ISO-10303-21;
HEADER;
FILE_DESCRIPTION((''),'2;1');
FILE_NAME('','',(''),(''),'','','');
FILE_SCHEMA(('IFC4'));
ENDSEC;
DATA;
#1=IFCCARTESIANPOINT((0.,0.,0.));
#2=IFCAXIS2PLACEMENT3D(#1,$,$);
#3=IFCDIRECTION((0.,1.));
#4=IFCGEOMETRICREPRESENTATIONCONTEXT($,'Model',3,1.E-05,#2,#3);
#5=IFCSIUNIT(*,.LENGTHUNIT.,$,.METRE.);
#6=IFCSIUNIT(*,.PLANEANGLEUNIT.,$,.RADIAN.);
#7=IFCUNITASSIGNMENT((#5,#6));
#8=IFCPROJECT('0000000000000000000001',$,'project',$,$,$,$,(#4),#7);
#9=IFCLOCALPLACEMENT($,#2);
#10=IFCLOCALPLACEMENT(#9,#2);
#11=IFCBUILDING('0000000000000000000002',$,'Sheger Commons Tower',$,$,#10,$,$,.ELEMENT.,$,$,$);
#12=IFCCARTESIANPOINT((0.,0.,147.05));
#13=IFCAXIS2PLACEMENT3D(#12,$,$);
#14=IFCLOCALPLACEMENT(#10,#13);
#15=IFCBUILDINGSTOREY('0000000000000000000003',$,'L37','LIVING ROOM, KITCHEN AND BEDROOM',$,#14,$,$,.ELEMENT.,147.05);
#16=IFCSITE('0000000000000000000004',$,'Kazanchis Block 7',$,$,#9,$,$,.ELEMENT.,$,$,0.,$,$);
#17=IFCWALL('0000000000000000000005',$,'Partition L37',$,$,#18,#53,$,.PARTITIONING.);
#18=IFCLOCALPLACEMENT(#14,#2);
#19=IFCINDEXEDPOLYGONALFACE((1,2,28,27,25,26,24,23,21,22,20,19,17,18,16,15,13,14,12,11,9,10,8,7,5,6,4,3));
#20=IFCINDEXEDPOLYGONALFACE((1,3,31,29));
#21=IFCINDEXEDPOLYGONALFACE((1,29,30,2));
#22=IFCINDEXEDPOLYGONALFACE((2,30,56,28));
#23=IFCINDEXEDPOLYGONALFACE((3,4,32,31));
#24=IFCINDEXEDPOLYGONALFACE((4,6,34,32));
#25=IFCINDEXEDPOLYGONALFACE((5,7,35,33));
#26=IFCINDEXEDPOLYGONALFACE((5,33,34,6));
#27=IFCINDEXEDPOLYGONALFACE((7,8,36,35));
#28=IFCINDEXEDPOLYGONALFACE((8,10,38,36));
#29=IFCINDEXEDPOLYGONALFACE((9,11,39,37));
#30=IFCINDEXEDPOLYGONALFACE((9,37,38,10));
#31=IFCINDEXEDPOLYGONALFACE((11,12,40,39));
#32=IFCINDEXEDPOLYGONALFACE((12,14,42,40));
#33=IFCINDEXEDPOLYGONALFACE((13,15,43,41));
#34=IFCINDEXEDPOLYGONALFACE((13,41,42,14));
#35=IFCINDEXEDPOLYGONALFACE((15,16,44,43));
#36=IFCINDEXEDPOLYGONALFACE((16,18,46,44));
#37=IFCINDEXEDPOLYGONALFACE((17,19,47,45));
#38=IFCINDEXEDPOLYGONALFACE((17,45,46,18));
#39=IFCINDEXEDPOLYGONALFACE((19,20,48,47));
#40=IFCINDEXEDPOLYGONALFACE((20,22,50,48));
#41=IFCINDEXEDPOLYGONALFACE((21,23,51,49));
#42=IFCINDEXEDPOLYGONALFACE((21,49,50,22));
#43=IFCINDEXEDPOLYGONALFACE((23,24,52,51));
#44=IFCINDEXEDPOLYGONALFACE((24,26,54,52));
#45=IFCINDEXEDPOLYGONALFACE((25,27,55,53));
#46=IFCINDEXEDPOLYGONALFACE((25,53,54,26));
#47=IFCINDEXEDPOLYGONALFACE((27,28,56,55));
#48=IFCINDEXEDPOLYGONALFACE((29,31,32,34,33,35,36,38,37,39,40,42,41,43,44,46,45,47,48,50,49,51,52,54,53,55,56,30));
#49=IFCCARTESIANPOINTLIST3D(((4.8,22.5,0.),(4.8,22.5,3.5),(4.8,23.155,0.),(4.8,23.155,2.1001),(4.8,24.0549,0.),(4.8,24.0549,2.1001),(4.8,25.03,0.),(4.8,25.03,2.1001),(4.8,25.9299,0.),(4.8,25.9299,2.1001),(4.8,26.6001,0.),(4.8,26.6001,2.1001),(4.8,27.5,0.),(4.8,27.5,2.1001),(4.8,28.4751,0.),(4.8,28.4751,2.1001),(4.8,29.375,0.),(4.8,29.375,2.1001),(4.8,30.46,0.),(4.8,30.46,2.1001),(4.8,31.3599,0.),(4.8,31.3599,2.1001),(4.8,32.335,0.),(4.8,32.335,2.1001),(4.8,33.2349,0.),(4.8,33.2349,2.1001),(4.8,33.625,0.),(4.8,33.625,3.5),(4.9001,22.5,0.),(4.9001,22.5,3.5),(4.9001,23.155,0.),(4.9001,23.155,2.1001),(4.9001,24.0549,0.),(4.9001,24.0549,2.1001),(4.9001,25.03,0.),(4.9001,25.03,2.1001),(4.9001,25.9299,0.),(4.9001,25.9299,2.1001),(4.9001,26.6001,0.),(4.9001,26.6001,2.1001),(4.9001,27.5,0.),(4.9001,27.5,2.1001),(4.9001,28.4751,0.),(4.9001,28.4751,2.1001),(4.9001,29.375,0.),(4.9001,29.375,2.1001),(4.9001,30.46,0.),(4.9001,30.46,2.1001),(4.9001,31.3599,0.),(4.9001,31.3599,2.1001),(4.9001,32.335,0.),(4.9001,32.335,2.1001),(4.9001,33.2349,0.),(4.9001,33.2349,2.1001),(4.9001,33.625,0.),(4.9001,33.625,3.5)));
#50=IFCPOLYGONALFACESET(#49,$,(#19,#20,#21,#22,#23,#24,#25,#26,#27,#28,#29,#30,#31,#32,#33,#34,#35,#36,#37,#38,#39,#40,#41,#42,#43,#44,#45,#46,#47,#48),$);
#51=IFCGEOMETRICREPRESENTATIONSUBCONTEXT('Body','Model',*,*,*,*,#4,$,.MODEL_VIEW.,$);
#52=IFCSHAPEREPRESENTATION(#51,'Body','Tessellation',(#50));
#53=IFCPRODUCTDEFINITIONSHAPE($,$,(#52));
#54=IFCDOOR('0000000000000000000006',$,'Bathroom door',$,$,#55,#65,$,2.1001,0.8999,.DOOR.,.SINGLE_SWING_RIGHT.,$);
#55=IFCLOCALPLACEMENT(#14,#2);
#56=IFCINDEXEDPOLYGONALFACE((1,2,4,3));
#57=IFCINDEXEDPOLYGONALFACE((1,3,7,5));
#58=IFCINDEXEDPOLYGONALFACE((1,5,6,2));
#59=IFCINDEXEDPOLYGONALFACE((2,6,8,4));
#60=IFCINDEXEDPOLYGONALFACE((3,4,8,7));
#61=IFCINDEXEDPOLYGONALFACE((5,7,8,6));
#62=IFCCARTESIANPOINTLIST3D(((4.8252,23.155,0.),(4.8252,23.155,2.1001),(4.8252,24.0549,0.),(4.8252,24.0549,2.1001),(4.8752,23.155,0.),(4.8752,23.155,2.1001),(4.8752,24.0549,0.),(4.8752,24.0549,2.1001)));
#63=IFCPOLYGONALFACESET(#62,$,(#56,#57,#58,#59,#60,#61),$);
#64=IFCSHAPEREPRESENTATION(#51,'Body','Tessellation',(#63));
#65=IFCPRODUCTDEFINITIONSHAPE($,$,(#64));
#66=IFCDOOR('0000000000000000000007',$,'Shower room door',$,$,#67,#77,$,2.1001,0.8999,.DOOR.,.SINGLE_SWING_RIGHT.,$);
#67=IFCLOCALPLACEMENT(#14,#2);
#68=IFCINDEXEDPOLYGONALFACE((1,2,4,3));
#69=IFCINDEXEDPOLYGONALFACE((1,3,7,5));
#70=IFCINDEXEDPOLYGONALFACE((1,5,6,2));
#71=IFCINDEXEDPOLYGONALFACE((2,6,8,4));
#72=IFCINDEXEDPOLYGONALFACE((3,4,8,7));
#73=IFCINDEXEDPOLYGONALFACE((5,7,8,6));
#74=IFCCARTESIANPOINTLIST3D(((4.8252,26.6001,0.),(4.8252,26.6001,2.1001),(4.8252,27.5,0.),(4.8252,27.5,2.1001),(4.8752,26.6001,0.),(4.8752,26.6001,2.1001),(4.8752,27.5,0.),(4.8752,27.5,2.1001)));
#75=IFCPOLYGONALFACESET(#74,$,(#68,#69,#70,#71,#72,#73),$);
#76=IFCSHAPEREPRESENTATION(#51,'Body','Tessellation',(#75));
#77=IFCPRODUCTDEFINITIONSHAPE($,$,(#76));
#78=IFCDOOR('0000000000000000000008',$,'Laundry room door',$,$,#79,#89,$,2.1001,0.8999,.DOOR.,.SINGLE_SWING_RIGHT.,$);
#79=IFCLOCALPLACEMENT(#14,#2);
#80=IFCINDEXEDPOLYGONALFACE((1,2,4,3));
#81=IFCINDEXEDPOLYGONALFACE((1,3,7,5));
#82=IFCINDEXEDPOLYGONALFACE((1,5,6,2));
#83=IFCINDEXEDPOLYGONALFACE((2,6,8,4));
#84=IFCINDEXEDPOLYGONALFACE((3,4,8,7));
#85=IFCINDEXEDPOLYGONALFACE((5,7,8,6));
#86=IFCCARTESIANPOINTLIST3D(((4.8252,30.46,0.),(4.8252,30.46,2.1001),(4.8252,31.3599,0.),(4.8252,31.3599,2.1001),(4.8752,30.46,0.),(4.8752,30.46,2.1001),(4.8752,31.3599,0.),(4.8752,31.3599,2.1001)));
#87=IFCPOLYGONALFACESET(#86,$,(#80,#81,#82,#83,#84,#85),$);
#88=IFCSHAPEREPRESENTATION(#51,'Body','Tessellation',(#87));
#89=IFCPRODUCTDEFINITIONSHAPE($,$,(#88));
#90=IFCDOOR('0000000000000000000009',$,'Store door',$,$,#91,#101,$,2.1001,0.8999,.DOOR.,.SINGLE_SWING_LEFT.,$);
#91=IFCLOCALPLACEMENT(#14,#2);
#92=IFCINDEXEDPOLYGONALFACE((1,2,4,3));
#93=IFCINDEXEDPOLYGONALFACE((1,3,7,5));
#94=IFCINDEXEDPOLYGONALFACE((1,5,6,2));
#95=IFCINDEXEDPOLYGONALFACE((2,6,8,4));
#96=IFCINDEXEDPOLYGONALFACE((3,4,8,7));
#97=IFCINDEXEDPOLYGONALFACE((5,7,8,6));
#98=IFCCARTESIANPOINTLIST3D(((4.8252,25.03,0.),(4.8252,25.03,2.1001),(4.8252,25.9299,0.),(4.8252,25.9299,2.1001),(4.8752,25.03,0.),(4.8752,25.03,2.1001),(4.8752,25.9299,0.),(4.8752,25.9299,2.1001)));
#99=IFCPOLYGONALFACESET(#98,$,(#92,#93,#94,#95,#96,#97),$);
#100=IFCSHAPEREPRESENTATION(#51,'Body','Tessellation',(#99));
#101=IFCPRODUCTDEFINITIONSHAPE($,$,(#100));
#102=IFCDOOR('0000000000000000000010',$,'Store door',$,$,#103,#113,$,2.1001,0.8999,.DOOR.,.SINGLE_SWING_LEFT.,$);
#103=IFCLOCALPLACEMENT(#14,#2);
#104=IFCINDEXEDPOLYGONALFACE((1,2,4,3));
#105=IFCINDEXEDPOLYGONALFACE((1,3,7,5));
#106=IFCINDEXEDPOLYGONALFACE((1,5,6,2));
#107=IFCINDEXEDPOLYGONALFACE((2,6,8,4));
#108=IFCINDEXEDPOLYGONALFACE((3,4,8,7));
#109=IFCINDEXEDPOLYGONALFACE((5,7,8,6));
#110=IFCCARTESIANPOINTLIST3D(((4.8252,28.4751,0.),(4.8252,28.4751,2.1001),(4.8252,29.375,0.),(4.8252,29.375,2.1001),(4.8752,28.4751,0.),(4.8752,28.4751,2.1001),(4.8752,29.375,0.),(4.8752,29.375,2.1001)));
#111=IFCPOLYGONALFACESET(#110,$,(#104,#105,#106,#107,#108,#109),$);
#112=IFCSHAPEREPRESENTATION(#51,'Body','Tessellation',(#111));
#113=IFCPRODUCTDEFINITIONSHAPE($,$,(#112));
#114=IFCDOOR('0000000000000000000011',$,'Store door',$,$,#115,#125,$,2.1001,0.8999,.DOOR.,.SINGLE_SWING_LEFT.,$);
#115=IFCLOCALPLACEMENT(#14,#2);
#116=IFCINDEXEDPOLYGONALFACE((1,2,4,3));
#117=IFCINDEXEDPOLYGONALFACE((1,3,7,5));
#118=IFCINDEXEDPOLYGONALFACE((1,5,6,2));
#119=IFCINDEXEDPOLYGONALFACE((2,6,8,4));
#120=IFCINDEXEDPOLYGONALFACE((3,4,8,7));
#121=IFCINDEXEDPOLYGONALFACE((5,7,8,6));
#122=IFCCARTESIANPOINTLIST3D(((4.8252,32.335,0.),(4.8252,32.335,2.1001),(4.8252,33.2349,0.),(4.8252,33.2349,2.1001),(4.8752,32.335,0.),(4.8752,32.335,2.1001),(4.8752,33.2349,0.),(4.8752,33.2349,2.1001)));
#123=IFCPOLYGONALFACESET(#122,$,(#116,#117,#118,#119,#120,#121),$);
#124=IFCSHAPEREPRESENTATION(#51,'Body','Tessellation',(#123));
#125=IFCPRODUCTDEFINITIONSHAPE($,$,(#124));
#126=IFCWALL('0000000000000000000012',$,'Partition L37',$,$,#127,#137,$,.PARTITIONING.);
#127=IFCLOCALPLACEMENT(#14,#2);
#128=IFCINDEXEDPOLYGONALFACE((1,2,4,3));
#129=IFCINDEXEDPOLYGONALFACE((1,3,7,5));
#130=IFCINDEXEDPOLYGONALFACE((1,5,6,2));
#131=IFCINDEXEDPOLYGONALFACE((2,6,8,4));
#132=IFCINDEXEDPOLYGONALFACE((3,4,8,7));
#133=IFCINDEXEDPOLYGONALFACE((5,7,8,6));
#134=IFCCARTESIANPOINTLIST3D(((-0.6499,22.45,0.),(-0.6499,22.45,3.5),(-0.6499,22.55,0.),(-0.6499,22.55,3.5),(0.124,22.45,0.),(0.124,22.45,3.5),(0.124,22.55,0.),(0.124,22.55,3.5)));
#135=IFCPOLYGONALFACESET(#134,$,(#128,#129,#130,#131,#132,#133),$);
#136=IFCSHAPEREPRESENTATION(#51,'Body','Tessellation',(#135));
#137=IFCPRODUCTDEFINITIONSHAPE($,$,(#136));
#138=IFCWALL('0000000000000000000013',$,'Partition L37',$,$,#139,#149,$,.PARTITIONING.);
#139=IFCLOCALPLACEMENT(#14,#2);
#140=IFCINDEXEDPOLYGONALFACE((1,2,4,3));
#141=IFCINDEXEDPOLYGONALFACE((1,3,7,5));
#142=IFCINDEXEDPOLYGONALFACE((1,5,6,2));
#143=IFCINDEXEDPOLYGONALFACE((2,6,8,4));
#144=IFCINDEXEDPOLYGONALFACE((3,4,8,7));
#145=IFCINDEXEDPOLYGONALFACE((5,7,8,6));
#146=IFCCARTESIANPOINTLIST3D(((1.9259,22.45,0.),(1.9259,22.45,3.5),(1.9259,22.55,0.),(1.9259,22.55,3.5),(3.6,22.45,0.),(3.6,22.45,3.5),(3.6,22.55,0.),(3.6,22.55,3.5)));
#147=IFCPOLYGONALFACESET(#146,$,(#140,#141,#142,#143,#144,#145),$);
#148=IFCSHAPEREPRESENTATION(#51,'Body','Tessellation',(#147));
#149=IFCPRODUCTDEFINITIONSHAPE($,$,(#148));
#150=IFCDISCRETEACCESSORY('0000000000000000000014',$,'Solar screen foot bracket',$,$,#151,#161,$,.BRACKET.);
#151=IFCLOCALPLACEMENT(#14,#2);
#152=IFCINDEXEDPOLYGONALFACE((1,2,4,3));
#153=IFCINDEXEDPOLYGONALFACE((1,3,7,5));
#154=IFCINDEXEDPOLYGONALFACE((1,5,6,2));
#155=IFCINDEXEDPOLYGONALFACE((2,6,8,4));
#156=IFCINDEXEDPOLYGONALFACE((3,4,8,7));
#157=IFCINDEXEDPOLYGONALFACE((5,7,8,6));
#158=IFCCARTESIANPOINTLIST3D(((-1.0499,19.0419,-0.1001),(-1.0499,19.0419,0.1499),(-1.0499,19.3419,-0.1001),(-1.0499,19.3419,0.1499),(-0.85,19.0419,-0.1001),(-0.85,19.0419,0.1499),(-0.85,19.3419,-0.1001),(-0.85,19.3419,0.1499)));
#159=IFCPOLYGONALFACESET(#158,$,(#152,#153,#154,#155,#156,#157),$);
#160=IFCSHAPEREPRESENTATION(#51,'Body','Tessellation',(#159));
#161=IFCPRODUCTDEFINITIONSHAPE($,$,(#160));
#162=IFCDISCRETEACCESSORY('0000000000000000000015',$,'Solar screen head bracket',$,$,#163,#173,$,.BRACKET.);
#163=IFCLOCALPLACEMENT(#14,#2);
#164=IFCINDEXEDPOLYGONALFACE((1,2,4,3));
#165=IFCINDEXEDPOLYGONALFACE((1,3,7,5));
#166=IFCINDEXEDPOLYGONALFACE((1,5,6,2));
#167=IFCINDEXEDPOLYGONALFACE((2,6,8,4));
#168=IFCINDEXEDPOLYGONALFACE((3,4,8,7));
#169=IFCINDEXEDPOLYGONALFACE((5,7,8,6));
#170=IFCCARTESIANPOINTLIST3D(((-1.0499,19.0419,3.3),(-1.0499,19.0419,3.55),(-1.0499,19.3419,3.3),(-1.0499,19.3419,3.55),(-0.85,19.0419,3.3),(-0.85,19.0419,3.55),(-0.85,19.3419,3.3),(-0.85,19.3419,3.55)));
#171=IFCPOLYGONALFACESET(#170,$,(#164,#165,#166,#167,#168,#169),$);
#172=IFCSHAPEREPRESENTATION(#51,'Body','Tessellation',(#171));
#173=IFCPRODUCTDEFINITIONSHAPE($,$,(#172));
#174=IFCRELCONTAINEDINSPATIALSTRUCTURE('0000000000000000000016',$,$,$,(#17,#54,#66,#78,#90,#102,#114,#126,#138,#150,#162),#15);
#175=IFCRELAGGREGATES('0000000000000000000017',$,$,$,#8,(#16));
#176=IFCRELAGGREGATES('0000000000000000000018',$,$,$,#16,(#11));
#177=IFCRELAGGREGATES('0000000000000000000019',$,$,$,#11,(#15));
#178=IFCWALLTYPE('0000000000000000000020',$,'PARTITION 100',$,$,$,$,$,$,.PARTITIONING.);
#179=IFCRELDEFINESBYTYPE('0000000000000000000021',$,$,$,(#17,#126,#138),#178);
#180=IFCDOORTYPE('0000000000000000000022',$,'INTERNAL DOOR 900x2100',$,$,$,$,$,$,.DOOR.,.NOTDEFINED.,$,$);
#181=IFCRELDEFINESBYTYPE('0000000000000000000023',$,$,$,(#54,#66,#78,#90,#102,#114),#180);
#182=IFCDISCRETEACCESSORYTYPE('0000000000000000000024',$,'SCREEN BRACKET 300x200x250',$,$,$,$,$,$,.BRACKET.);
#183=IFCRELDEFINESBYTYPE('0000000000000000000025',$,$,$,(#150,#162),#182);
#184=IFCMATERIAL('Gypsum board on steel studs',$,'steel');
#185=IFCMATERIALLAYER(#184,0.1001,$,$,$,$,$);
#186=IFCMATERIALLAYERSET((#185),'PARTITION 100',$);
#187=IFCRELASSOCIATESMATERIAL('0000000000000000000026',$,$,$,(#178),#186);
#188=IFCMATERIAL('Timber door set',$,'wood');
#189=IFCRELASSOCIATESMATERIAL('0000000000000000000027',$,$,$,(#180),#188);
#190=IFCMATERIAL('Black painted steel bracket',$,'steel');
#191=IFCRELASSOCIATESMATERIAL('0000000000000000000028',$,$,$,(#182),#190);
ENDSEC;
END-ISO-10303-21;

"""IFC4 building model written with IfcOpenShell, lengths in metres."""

from ifc_helpers import new_model, si_unit, direction, frame, frame_2d, origin, origin_2d, place, context, subcontext, project, spatial, rectangle, extrude, material, layer, layer_set, type_object, element, fill, save


model = new_model("IFC4")

# Units and contexts
model_context = context("Model", 3, precision=1e-05, world=origin(), true_north=direction((0.0, 1.0)))
body_context = subcontext(model_context, "Body", "Model", "MODEL_VIEW")
ifc_project = project(units=[si_unit("LENGTHUNIT", "METRE"), si_unit("PLANEANGLEUNIT", "RADIAN")], contexts=[model_context])

# Site, building, storey
site_placement = place(None, origin())
site = spatial("IfcSite", under=ifc_project, at=site_placement, Name="Kazanchis Block 7", CompositionType="ELEMENT", RefElevation=0.0)
building_placement = place(site_placement, origin())
building = spatial("IfcBuilding", under=site, at=building_placement, Name="Sheger Commons Tower", CompositionType="ELEMENT")
storey_placement = place(building_placement, frame((0.0, 0.0, 147.05)))
storey = spatial("IfcBuildingStorey", under=building, at=storey_placement, Name="L37", Description="LIVING ROOM, KITCHEN AND BEDROOM", CompositionType="ELEMENT", Elevation=147.05)

# Shared definitions
ifc_material_1 = material(Name="Gypsum board on steel studs", Category="steel")
ifc_layer_1 = layer(ifc_material_1, 0.1001)
ifc_layer_set_1 = layer_set([ifc_layer_1], Name="PARTITION 100")
wall_type_1 = type_object("IfcWallType", Name="PARTITION 100", PredefinedType="PARTITIONING", material=ifc_layer_set_1)

# Wall, openings, doors
ifc_material_2 = material(Name="Timber door set", Category="wood")
door_type = type_object("IfcDoorType", Name="INTERNAL DOOR 900x2100", OperationType="NOTDEFINED", PredefinedType="DOOR", material=ifc_material_2)
wall_1_placement = place(storey_placement, frame((4.8501, 22.5, 0.0), z_axis=(0.0, 0.0, 1.0), x_axis=(0.0, 1.0, 0.0)))
wall_1 = element("IfcWall", 1, at=wall_1_placement, inside=storey, type_object=wall_type_1, Name="Partition L37", PredefinedType="PARTITIONING", context=body_context, shape_type="SweptSolid", body=[
    extrude(rectangle(XDim=11.125, YDim=0.1001, at=frame_2d((5.5625, 0.0))), origin(), (0.0, 0.0, 1.0), 3.5),
])
opening_1_placement = place(wall_1_placement, frame((0.655, 0.0, 0.0)))
opening_1 = element("IfcOpeningElement", 2, at=opening_1_placement, cuts=wall_1, PredefinedType="OPENING", context=body_context, shape_type="SweptSolid", body=[
    extrude(rectangle(XDim=0.8999, YDim=2.1001, at=frame_2d((0.45, 1.05))), frame((0.0, 0.0601, 0.0), z_axis=(0.0, -1.0, 0.0), x_axis=(1.0, 0.0, 0.0)), (0.0, 0.0, 1.0), 0.1201),
])
opening_2_placement = place(wall_1_placement, frame((4.1001, 0.0, 0.0)))
opening_2 = element("IfcOpeningElement", 3, at=opening_2_placement, cuts=wall_1, PredefinedType="OPENING", context=body_context, shape_type="SweptSolid", body=[
    extrude(rectangle(XDim=0.8999, YDim=2.1001, at=frame_2d((0.45, 1.05))), frame((0.0, 0.0601, 0.0), z_axis=(0.0, -1.0, 0.0), x_axis=(1.0, 0.0, 0.0)), (0.0, 0.0, 1.0), 0.1201),
])
opening_3_placement = place(wall_1_placement, frame((7.96, 0.0, 0.0)))
opening_3 = element("IfcOpeningElement", 4, at=opening_3_placement, cuts=wall_1, PredefinedType="OPENING", context=body_context, shape_type="SweptSolid", body=[
    extrude(rectangle(XDim=0.8999, YDim=2.1001, at=frame_2d((0.45, 1.05))), frame((0.0, 0.0601, 0.0), z_axis=(0.0, -1.0, 0.0), x_axis=(1.0, 0.0, 0.0)), (0.0, 0.0, 1.0), 0.1201),
])
opening_4_placement = place(wall_1_placement, frame((2.53, 0.0, 0.0)))
opening_4 = element("IfcOpeningElement", 5, at=opening_4_placement, cuts=wall_1, PredefinedType="OPENING", context=body_context, shape_type="SweptSolid", body=[
    extrude(rectangle(XDim=0.8999, YDim=2.1001, at=frame_2d((0.45, 1.05))), frame((0.0, 0.0601, 0.0), z_axis=(0.0, -1.0, 0.0), x_axis=(1.0, 0.0, 0.0)), (0.0, 0.0, 1.0), 0.1201),
])
opening_5_placement = place(wall_1_placement, frame((5.9751, 0.0, 0.0)))
opening_5 = element("IfcOpeningElement", 6, at=opening_5_placement, cuts=wall_1, PredefinedType="OPENING", context=body_context, shape_type="SweptSolid", body=[
    extrude(rectangle(XDim=0.8999, YDim=2.1001, at=frame_2d((0.45, 1.05))), frame((0.0, 0.0601, 0.0), z_axis=(0.0, -1.0, 0.0), x_axis=(1.0, 0.0, 0.0)), (0.0, 0.0, 1.0), 0.1201),
])
opening_6_placement = place(wall_1_placement, frame((9.835, 0.0, 0.0)))
opening_6 = element("IfcOpeningElement", 7, at=opening_6_placement, cuts=wall_1, PredefinedType="OPENING", context=body_context, shape_type="SweptSolid", body=[
    extrude(rectangle(XDim=0.8999, YDim=2.1001, at=frame_2d((0.45, 1.05))), frame((0.0, 0.0601, 0.0), z_axis=(0.0, -1.0, 0.0), x_axis=(1.0, 0.0, 0.0)), (0.0, 0.0, 1.0), 0.1201),
])
door_1_placement = place(opening_1_placement, origin())
door_1 = element("IfcDoor", 8, at=door_1_placement, inside=storey, type_object=door_type, Name="Bathroom door", OperationType="SINGLE_SWING_RIGHT", OverallHeight=2.1001, OverallWidth=0.8999, PredefinedType="DOOR", context=body_context, shape_type="SweptSolid", body=[
    extrude(rectangle(XDim=0.8999, YDim=2.1001, at=frame_2d((0.45, 1.05))), frame((0.0, 0.0249, 0.0), z_axis=(0.0, -1.0, 0.0), x_axis=(1.0, 0.0, 0.0)), (0.0, 0.0, 1.0), 0.05),
])
fill(opening_1, door_1)
door_2_placement = place(opening_2_placement, origin())
door_2 = element("IfcDoor", 9, at=door_2_placement, inside=storey, type_object=door_type, Name="Shower room door", OperationType="SINGLE_SWING_RIGHT", OverallHeight=2.1001, OverallWidth=0.8999, PredefinedType="DOOR", context=body_context, shape_type="SweptSolid", body=[
    extrude(rectangle(XDim=0.8999, YDim=2.1001, at=frame_2d((0.45, 1.05))), frame((0.0, 0.0249, 0.0), z_axis=(0.0, -1.0, 0.0), x_axis=(1.0, 0.0, 0.0)), (0.0, 0.0, 1.0), 0.05),
])
fill(opening_2, door_2)
door_3_placement = place(opening_3_placement, origin())
door_3 = element("IfcDoor", 10, at=door_3_placement, inside=storey, type_object=door_type, Name="Laundry room door", OperationType="SINGLE_SWING_RIGHT", OverallHeight=2.1001, OverallWidth=0.8999, PredefinedType="DOOR", context=body_context, shape_type="SweptSolid", body=[
    extrude(rectangle(XDim=0.8999, YDim=2.1001, at=frame_2d((0.45, 1.05))), frame((0.0, 0.0249, 0.0), z_axis=(0.0, -1.0, 0.0), x_axis=(1.0, 0.0, 0.0)), (0.0, 0.0, 1.0), 0.05),
])
fill(opening_3, door_3)
door_4_placement = place(opening_4_placement, origin())
door_4 = element("IfcDoor", 11, at=door_4_placement, inside=storey, type_object=door_type, Name="Store door", OperationType="SINGLE_SWING_LEFT", OverallHeight=2.1001, OverallWidth=0.8999, PredefinedType="DOOR", context=body_context, shape_type="SweptSolid", body=[
    extrude(rectangle(XDim=0.8999, YDim=2.1001, at=frame_2d((0.45, 1.05))), frame((0.0, 0.0249, 0.0), z_axis=(0.0, -1.0, 0.0), x_axis=(1.0, 0.0, 0.0)), (0.0, 0.0, 1.0), 0.05),
])
fill(opening_4, door_4)
door_5_placement = place(opening_5_placement, origin())
door_5 = element("IfcDoor", 12, at=door_5_placement, inside=storey, type_object=door_type, Name="Store door", OperationType="SINGLE_SWING_LEFT", OverallHeight=2.1001, OverallWidth=0.8999, PredefinedType="DOOR", context=body_context, shape_type="SweptSolid", body=[
    extrude(rectangle(XDim=0.8999, YDim=2.1001, at=frame_2d((0.45, 1.05))), frame((0.0, 0.0249, 0.0), z_axis=(0.0, -1.0, 0.0), x_axis=(1.0, 0.0, 0.0)), (0.0, 0.0, 1.0), 0.05),
])
fill(opening_5, door_5)
door_6_placement = place(opening_6_placement, origin())
door_6 = element("IfcDoor", 13, at=door_6_placement, inside=storey, type_object=door_type, Name="Store door", OperationType="SINGLE_SWING_LEFT", OverallHeight=2.1001, OverallWidth=0.8999, PredefinedType="DOOR", context=body_context, shape_type="SweptSolid", body=[
    extrude(rectangle(XDim=0.8999, YDim=2.1001, at=frame_2d((0.45, 1.05))), frame((0.0, 0.0249, 0.0), z_axis=(0.0, -1.0, 0.0), x_axis=(1.0, 0.0, 0.0)), (0.0, 0.0, 1.0), 0.05),
])
fill(opening_6, door_6)

# Walls
wall_2_placement = place(storey_placement, frame((-0.6499, 22.5, 0.0), z_axis=(0.0, 0.0, 1.0), x_axis=(1.0, 0.0, 0.0)))
element("IfcWall", 14, at=wall_2_placement, inside=storey, type_object=wall_type_1, Name="Partition L37", PredefinedType="PARTITIONING", context=body_context, shape_type="SweptSolid", body=[
    extrude(rectangle(XDim=0.7739, YDim=0.1001, at=frame_2d((0.387, 0.0))), origin(), (0.0, 0.0, 1.0), 3.5),
])
wall_3_placement = place(storey_placement, frame((1.926, 22.5, 0.0), z_axis=(0.0, 0.0, 1.0), x_axis=(1.0, 0.0, 0.0)))
element("IfcWall", 15, at=wall_3_placement, inside=storey, type_object=wall_type_1, Name="Partition L37", PredefinedType="PARTITIONING", context=body_context, shape_type="SweptSolid", body=[
    extrude(rectangle(XDim=1.6741, YDim=0.1001, at=frame_2d((0.8369, 0.0))), origin(), (0.0, 0.0, 1.0), 3.5),
])

# Discrete accessories
ifc_material_3 = material(Name="Black painted steel bracket", Category="steel")
discrete_accessory_type = type_object("IfcDiscreteAccessoryType", Name="SCREEN BRACKET 300x200x250", PredefinedType="BRACKET", material=ifc_material_3)
for number, where, z_axis, x_axis, name in (
    (16, (-0.95, 19.1919, -0.1001), (0.0, 0.0, 1.0), (0.0, -1.0, 0.0), "Solar screen foot bracket"),
    (17, (-0.95, 19.1919, 3.3), (0.0, 0.0, 1.0), (0.0, -1.0, 0.0), "Solar screen head bracket"),
):
    element("IfcDiscreteAccessory", number, at=place(storey_placement, frame(where, z_axis=z_axis, x_axis=x_axis)), inside=storey, type_object=discrete_accessory_type, Name=name, PredefinedType="BRACKET", context=body_context, shape_type="SweptSolid", body=[
        extrude(rectangle(XDim=0.3, YDim=0.2, at=origin_2d()), origin(), (0.0, 0.0, 1.0), 0.25),
    ])

save(model, "model.ifc")
